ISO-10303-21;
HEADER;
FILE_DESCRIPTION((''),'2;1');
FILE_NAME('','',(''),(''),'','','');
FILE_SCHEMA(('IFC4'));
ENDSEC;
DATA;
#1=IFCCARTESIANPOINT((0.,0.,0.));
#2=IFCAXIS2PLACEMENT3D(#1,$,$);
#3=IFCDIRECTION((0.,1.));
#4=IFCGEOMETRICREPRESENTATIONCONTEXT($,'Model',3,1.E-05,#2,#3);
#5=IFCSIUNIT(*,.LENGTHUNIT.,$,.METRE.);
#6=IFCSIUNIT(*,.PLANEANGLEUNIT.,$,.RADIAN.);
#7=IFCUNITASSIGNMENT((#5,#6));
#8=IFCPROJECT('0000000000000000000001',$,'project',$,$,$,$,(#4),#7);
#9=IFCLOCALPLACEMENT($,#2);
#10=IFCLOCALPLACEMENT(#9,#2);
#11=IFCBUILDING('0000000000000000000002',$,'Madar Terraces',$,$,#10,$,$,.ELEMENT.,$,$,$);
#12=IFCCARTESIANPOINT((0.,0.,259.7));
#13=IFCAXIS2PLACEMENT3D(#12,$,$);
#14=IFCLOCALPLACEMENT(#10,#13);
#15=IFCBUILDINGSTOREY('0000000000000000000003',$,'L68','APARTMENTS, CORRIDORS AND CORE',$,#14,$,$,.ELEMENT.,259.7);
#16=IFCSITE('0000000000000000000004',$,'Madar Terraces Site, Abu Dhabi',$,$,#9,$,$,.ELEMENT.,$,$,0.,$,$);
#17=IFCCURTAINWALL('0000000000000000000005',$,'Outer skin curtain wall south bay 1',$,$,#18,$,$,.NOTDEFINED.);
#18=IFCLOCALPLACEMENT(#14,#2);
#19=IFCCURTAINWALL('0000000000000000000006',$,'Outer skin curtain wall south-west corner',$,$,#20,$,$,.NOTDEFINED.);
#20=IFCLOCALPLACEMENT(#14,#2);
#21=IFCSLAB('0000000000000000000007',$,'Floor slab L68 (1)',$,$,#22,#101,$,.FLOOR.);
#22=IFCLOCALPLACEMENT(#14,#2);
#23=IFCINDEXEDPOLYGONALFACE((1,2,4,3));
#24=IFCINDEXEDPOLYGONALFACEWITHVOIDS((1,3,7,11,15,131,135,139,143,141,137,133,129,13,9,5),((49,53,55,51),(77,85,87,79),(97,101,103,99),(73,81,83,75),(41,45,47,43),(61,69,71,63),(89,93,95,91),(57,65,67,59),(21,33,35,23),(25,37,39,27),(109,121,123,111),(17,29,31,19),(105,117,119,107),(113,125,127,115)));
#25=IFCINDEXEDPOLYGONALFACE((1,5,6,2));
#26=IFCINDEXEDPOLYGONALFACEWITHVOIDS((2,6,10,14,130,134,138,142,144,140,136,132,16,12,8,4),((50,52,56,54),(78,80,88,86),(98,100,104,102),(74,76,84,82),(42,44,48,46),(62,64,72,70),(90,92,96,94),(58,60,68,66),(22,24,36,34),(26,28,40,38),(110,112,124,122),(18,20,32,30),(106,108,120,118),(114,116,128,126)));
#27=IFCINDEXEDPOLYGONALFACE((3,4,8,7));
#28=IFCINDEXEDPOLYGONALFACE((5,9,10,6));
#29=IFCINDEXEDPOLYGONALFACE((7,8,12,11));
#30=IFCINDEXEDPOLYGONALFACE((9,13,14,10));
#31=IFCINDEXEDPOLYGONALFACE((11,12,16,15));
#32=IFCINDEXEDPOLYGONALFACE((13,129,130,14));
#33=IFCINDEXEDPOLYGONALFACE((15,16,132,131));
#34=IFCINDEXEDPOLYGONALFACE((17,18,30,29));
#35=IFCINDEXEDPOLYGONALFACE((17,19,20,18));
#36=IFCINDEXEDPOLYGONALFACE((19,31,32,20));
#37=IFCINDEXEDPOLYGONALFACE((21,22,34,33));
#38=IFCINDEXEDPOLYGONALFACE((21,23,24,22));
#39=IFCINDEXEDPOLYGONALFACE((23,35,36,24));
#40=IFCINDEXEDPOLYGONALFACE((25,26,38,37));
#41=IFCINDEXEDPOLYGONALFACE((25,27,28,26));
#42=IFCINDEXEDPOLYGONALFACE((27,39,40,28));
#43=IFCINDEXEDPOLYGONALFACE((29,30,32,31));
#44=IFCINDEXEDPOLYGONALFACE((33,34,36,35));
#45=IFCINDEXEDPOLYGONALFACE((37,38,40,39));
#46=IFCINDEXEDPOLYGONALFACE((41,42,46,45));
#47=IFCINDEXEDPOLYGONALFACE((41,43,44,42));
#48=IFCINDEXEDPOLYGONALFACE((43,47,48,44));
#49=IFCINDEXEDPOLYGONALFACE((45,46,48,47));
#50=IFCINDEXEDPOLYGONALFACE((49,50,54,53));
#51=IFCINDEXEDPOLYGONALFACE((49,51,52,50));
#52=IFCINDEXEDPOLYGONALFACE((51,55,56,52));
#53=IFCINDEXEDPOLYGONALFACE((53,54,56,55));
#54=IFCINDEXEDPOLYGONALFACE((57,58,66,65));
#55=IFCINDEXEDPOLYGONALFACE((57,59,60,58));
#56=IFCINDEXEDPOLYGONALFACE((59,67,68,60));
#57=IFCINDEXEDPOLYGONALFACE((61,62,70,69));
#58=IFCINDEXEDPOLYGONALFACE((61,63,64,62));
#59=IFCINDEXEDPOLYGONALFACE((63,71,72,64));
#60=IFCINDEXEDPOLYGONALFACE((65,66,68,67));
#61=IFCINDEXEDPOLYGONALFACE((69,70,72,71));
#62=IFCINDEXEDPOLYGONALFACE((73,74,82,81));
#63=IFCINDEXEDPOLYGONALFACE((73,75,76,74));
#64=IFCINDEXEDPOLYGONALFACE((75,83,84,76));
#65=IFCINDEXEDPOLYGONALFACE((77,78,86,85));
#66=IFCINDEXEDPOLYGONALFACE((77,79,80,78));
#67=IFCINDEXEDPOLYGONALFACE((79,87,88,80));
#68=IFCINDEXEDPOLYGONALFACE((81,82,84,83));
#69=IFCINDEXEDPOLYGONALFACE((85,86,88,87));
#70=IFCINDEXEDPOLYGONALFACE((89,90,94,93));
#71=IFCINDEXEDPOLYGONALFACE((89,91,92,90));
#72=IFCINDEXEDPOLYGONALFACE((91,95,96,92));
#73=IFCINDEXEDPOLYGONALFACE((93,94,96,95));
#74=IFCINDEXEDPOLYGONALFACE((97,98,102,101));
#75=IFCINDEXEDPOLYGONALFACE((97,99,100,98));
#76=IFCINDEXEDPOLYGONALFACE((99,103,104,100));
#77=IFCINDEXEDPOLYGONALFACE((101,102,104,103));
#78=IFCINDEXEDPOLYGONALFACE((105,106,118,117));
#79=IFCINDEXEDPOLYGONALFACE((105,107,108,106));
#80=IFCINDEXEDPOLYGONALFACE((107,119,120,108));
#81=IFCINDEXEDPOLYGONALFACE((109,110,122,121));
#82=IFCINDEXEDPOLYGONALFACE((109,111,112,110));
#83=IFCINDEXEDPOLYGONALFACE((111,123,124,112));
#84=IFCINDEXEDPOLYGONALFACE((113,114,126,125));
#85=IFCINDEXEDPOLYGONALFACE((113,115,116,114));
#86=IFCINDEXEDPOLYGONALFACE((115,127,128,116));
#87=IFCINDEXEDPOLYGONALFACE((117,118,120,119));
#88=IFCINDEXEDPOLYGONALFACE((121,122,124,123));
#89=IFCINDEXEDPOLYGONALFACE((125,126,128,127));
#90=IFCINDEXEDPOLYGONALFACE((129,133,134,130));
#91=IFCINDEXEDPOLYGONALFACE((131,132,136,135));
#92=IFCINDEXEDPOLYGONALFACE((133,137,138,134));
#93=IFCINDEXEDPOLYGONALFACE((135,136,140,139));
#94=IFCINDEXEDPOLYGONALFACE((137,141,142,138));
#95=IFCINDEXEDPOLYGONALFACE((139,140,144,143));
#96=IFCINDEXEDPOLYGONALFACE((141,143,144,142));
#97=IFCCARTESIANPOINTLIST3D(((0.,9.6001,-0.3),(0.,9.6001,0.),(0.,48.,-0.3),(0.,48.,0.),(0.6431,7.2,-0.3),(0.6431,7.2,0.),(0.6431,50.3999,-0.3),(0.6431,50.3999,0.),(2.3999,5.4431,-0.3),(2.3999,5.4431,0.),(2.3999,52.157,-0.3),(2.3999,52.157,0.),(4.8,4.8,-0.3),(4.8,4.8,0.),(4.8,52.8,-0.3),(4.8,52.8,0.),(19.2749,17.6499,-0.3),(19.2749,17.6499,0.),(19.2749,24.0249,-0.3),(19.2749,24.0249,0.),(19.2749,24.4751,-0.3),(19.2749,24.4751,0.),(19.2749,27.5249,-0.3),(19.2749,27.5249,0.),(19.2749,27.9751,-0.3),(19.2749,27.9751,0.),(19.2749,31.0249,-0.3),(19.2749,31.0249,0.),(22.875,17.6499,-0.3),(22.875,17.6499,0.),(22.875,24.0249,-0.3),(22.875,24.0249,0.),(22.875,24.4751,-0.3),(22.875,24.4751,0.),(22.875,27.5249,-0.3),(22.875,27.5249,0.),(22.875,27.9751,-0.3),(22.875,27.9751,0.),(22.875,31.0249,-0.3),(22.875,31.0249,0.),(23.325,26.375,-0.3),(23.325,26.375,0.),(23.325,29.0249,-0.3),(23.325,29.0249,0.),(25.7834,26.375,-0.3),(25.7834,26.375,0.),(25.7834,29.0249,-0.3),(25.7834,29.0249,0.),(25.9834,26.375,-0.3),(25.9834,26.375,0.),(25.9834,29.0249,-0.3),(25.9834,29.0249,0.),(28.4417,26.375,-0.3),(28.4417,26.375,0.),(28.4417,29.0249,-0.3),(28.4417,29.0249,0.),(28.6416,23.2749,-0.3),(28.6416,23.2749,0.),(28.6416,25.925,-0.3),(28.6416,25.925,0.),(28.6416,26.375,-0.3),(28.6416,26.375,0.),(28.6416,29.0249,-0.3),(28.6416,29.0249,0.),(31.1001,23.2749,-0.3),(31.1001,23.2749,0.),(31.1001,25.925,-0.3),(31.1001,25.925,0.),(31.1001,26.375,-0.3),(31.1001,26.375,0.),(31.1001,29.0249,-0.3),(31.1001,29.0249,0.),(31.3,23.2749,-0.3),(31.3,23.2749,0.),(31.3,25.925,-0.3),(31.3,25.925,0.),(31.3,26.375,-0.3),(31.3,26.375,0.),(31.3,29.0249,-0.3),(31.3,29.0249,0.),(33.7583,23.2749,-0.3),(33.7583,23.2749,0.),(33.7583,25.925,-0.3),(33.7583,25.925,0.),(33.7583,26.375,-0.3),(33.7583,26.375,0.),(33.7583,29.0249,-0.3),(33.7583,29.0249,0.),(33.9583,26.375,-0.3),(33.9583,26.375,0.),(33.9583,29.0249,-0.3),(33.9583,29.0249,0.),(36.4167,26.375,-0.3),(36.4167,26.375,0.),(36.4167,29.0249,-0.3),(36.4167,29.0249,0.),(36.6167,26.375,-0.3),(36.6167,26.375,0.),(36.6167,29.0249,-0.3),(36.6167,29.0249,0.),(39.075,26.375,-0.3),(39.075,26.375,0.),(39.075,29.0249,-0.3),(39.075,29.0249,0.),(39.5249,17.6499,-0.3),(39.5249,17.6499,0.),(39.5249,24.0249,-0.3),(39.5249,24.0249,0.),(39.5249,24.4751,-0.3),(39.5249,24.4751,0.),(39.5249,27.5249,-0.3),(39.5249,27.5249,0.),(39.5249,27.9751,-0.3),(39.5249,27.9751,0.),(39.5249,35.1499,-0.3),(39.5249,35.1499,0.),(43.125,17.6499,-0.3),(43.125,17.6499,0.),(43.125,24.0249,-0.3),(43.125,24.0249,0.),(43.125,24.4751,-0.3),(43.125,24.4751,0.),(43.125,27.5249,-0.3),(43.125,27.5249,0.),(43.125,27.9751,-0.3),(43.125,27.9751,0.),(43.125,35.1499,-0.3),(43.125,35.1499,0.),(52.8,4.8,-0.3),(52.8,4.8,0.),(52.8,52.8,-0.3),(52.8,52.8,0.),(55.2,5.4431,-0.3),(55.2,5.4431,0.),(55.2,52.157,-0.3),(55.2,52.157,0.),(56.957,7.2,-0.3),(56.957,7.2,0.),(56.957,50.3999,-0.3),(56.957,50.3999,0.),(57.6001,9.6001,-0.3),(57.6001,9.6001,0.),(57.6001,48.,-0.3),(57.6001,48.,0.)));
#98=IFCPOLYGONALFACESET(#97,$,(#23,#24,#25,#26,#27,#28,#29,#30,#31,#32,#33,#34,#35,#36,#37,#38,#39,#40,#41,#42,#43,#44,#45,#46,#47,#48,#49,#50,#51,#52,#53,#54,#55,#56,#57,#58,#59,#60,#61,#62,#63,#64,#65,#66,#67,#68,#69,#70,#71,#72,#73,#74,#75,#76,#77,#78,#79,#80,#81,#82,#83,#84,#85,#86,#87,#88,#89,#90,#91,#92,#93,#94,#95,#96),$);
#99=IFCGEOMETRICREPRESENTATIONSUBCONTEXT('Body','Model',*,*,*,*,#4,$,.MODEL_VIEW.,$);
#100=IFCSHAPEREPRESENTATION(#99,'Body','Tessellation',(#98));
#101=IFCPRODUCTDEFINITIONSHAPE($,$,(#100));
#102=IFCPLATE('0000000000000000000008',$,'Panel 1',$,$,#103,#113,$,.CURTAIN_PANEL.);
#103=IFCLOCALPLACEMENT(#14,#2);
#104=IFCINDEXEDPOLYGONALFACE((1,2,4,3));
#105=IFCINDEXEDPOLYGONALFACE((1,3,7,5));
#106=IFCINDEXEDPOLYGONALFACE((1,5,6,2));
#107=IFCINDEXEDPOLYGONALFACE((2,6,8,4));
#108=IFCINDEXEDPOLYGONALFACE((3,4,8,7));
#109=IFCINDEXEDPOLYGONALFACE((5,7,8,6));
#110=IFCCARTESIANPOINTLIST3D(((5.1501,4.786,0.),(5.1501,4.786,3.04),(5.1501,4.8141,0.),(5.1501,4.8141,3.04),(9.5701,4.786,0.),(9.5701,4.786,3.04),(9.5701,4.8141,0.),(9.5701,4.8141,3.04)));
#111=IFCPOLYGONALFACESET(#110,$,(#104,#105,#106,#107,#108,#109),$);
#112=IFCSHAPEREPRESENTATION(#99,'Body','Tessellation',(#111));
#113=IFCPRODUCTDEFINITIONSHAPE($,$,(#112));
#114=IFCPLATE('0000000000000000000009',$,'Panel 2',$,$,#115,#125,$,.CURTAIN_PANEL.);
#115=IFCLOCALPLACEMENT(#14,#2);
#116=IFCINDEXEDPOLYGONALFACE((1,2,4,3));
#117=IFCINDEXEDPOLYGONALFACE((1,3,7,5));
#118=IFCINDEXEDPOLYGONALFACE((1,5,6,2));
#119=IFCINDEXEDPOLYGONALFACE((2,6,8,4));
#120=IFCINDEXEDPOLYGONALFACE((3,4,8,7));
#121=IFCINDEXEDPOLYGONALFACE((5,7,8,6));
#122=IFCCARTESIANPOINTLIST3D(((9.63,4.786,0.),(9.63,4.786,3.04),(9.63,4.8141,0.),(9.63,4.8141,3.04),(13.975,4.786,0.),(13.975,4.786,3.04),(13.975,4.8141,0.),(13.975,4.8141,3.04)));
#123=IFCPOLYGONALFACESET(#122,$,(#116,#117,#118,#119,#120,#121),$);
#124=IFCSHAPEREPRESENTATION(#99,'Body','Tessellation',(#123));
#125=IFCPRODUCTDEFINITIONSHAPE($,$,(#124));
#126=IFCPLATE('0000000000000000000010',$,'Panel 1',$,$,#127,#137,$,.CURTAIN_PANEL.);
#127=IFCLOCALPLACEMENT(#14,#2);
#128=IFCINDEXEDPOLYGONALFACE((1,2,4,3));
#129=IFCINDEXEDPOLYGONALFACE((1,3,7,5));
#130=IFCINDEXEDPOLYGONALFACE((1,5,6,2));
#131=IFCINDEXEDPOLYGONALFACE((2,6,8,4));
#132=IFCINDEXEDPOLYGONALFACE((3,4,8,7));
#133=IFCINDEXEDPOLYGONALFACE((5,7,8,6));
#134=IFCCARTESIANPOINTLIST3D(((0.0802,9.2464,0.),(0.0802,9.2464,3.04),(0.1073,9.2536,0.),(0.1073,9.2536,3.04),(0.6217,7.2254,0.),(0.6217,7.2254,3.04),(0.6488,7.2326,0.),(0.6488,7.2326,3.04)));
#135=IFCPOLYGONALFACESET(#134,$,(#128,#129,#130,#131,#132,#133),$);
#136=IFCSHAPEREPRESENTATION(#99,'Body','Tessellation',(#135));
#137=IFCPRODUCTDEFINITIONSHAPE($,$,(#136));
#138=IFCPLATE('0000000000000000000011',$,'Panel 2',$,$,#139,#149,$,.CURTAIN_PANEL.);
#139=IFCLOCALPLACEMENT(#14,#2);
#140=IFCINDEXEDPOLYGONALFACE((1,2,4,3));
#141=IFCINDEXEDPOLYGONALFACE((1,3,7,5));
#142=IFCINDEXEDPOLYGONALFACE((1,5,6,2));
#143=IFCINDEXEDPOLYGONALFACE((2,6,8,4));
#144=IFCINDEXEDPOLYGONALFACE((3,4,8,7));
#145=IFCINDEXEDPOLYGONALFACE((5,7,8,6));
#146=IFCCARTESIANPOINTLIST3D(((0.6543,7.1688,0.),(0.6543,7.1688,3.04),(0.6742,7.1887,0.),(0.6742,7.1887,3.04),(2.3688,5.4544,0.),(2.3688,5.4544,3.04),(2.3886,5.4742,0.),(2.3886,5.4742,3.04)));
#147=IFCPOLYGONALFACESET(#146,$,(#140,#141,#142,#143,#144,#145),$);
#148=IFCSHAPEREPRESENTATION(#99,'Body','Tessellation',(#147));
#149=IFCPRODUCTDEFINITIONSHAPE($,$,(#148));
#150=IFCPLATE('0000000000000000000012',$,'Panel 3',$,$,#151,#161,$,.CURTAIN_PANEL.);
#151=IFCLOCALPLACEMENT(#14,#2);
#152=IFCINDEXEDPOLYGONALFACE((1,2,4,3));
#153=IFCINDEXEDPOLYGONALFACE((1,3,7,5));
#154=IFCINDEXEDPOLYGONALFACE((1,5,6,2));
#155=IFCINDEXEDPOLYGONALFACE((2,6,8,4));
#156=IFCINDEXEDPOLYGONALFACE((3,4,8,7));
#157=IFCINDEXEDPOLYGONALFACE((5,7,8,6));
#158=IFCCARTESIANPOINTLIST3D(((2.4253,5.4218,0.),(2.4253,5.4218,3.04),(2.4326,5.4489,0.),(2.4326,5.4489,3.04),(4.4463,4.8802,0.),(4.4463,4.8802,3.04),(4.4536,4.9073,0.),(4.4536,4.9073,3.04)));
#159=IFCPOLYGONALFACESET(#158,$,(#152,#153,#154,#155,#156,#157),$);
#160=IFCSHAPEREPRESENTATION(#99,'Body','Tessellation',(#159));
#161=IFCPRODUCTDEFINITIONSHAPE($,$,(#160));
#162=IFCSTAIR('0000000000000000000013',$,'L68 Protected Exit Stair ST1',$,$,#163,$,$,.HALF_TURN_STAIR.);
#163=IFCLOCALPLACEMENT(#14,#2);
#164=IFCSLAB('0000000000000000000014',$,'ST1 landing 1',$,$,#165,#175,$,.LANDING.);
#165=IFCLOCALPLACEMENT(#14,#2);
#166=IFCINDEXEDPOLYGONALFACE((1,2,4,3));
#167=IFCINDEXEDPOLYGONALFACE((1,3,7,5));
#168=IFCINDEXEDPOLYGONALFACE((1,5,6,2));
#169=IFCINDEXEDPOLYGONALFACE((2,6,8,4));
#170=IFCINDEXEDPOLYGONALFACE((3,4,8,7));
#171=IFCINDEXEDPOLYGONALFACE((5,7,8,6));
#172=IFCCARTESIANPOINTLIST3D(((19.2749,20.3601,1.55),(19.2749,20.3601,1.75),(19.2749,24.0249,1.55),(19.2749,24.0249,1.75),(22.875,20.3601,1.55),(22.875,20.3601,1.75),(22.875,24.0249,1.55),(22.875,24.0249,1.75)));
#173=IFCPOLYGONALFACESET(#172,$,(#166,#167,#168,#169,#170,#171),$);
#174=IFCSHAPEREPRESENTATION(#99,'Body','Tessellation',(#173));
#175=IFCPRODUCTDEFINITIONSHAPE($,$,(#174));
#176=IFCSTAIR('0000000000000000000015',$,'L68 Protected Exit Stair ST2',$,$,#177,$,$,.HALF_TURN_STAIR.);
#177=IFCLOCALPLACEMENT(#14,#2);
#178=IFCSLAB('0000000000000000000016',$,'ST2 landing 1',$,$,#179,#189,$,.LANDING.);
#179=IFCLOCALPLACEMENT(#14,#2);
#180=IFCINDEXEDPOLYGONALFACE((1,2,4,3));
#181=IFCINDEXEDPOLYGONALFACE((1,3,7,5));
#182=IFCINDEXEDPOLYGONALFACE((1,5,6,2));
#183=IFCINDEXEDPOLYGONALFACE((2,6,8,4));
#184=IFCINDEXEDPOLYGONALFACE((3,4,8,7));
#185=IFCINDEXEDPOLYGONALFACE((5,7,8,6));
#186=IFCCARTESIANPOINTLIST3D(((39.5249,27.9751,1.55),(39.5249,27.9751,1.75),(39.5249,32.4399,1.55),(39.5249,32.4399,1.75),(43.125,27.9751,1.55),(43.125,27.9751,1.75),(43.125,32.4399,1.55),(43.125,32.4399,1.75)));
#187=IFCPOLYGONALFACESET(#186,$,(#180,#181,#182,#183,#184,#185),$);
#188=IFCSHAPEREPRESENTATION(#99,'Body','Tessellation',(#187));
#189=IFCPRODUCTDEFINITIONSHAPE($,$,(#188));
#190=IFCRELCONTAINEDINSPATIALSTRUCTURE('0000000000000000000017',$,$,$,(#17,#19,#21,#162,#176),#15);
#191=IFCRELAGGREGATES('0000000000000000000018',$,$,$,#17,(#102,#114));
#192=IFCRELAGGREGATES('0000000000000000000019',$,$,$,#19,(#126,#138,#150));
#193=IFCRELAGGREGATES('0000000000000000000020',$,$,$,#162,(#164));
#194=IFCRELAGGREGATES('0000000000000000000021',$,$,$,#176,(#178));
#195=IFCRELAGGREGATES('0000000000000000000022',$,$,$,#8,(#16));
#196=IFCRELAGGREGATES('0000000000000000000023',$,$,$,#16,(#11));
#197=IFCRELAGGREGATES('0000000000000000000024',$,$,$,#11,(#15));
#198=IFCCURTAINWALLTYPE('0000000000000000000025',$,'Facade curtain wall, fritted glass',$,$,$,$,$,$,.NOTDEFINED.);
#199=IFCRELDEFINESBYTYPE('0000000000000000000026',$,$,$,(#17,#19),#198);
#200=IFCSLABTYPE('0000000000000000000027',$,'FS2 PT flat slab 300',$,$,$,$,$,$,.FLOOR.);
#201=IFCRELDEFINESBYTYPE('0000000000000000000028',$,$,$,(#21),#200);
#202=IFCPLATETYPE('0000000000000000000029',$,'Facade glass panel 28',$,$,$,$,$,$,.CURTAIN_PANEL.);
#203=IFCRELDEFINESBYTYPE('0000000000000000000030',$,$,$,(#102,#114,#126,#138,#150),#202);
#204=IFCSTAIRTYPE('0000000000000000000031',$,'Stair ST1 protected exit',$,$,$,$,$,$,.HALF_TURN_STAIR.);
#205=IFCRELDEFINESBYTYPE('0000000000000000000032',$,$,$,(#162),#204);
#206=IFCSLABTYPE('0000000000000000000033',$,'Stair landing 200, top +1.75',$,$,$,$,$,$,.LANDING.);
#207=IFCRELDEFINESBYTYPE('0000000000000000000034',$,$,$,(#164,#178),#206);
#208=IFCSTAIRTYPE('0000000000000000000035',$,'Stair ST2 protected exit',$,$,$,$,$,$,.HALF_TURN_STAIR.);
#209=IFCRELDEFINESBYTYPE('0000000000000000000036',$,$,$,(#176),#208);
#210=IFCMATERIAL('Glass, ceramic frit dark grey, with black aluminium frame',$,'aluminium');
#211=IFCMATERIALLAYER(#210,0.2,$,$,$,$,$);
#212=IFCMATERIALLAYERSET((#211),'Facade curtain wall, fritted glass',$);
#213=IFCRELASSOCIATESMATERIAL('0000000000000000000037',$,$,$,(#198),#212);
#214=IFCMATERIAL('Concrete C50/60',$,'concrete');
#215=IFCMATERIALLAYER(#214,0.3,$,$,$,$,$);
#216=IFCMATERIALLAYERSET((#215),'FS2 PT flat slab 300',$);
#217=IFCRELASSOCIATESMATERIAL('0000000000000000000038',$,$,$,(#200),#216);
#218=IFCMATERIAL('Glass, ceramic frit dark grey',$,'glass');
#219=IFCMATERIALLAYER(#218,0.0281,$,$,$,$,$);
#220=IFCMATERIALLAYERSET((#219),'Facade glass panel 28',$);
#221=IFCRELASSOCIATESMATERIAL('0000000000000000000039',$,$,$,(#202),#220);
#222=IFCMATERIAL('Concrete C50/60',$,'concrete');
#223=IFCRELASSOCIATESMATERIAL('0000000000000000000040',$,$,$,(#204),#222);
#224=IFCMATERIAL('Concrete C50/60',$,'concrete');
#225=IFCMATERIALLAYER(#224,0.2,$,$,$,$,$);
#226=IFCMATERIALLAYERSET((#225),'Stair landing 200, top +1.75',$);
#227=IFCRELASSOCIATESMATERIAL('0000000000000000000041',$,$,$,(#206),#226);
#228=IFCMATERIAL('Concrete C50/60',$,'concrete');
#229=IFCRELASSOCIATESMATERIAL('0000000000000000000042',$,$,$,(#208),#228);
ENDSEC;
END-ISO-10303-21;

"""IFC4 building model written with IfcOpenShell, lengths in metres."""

from ifc_helpers import new_model, si_unit, direction, frame, origin, origin_2d, place, context, subcontext, project, spatial, polyline, rectangle, outline, extrude, material, layer, layer_set, type_object, element, aggregate, save


model = new_model("IFC4")

# Units and contexts
model_context = context("Model", 3, precision=1e-05, world=origin(), true_north=direction((0.0, 1.0)))
body_context = subcontext(model_context, "Body", "Model", "MODEL_VIEW")
ifc_project = project(units=[si_unit("LENGTHUNIT", "METRE"), si_unit("PLANEANGLEUNIT", "RADIAN")], contexts=[model_context])

# Site, building, storey
site_placement = place(None, origin())
site = spatial("IfcSite", under=ifc_project, at=site_placement, Name="Madar Terraces Site, Abu Dhabi", CompositionType="ELEMENT", RefElevation=0.0)
building_placement = place(site_placement, origin())
building = spatial("IfcBuilding", under=site, at=building_placement, Name="Madar Terraces", CompositionType="ELEMENT")
storey_placement = place(building_placement, frame((0.0, 0.0, 259.7)))
storey = spatial("IfcBuildingStorey", under=building, at=storey_placement, Name="L68", Description="APARTMENTS, CORRIDORS AND CORE", CompositionType="ELEMENT", Elevation=259.7)

# Curtain wall
ifc_material_1 = material(Name="Glass, ceramic frit dark grey, with black aluminium frame", Category="aluminium")
ifc_layer_1 = layer(ifc_material_1, 0.2)
ifc_layer_set_1 = layer_set([ifc_layer_1], Name="Facade curtain wall, fritted glass")
curtain_wall_type = type_object("IfcCurtainWallType", Name="Facade curtain wall, fritted glass", PredefinedType="NOTDEFINED", material=ifc_layer_set_1)
curtain_wall_1_placement = place(storey_placement, origin())
curtain_wall_1 = element("IfcCurtainWall", 1, at=curtain_wall_1_placement, inside=storey, type_object=curtain_wall_type, Name="Outer skin curtain wall south bay 1", PredefinedType="NOTDEFINED")

# Curtain wall
curtain_wall_2_placement = place(storey_placement, origin())
curtain_wall_2 = element("IfcCurtainWall", 2, at=curtain_wall_2_placement, inside=storey, type_object=curtain_wall_type, Name="Outer skin curtain wall south-west corner", PredefinedType="NOTDEFINED")

# Slab
ifc_material_2 = material(Name="Concrete C50/60", Category="concrete")
ifc_layer_2 = layer(ifc_material_2, 0.3)
ifc_layer_set_2 = layer_set([ifc_layer_2], Name="FS2 PT flat slab 300")
slab_type_1 = type_object("IfcSlabType", Name="FS2 PT flat slab 300", PredefinedType="FLOOR", material=ifc_layer_set_2)
slab_1_placement = place(storey_placement, frame((0.0, 0.0, -0.3)))
element("IfcSlab", 3, at=slab_1_placement, inside=storey, type_object=slab_type_1, Name="Floor slab L68 (1)", PredefinedType="FLOOR", context=body_context, shape_type="SweptSolid", body=[
    extrude(outline(polyline([(52.8, 4.8), (55.2, 5.4431), (56.957, 7.2), (57.6001, 9.6001), (57.6001, 48.0), (56.957, 50.3999), (55.2, 52.157), (52.8, 52.8), (4.8, 52.8), (2.3999, 52.157), (0.6431, 50.3999), (0.0, 48.0), (0.0, 9.6001), (0.6431, 7.2), (2.3999, 5.4431), (4.8, 4.8), (52.8, 4.8)]), holes=[polyline([(22.875, 17.6499), (19.2749, 17.6499), (19.2749, 24.0249), (22.875, 24.0249), (22.875, 17.6499)]), polyline([(28.6416, 23.2749), (28.6416, 25.925), (31.1001, 25.925), (31.1001, 23.2749), (28.6416, 23.2749)]), polyline([(19.2749, 24.4751), (19.2749, 27.5249), (22.875, 27.5249), (22.875, 24.4751), (19.2749, 24.4751)]), polyline([(23.325, 26.375), (23.325, 29.0249), (25.7834, 29.0249), (25.7834, 26.375), (23.325, 26.375)]), polyline([(25.9834, 26.375), (25.9834, 29.0249), (28.4417, 29.0249), (28.4417, 26.375), (25.9834, 26.375)]), polyline([(28.6416, 26.375), (28.6416, 29.0249), (31.1001, 29.0249), (31.1001, 26.375), (28.6416, 26.375)]), polyline([(19.2749, 27.9751), (19.2749, 31.0249), (22.875, 31.0249), (22.875, 27.9751), (19.2749, 27.9751)]), polyline([(43.125, 17.6499), (39.5249, 17.6499), (39.5249, 24.0249), (43.125, 24.0249), (43.125, 17.6499)]), polyline([(31.3, 23.2749), (31.3, 25.925), (33.7583, 25.925), (33.7583, 23.2749), (31.3, 23.2749)]), polyline([(39.5249, 24.4751), (39.5249, 27.5249), (43.125, 27.5249), (43.125, 24.4751), (39.5249, 24.4751)]), polyline([(31.3, 26.375), (31.3, 29.0249), (33.7583, 29.0249), (33.7583, 26.375), (31.3, 26.375)]), polyline([(33.9583, 26.375), (33.9583, 29.0249), (36.4167, 29.0249), (36.4167, 26.375), (33.9583, 26.375)]), polyline([(36.6167, 26.375), (36.6167, 29.0249), (39.075, 29.0249), (39.075, 26.375), (36.6167, 26.375)]), polyline([(39.5249, 27.9751), (39.5249, 35.1499), (43.125, 35.1499), (43.125, 27.9751), (39.5249, 27.9751)])]), origin(), (0.0, 0.0, 1.0), 0.3),
])

# Plates
ifc_material_3 = material(Name="Glass, ceramic frit dark grey", Category="glass")
ifc_layer_3 = layer(ifc_material_3, 0.0281)
ifc_layer_set_3 = layer_set([ifc_layer_3], Name="Facade glass panel 28")
plate_type = type_object("IfcPlateType", Name="Facade glass panel 28", PredefinedType="CURTAIN_PANEL", material=ifc_layer_set_3)
plate_1_placement = place(storey_placement, frame((7.3601, 4.8, 0.0), z_axis=(0.0, 0.0, 1.0), x_axis=(1.0, 0.0, 0.0)))
plate_1 = element("IfcPlate", 4, at=plate_1_placement, type_object=plate_type, Name="Panel 1", PredefinedType="CURTAIN_PANEL", context=body_context, shape_type="SweptSolid", body=[
    extrude(rectangle(XDim=4.4199, YDim=0.0281, at=origin_2d()), origin(), (0.0, 0.0, 1.0), 3.04),
])
plate_2_placement = place(storey_placement, frame((11.8025, 4.8, 0.0), z_axis=(0.0, 0.0, 1.0), x_axis=(1.0, 0.0, 0.0)))
plate_2 = element("IfcPlate", 5, at=plate_2_placement, type_object=plate_type, Name="Panel 2", PredefinedType="CURTAIN_PANEL", context=body_context, shape_type="SweptSolid", body=[
    extrude(rectangle(XDim=4.345, YDim=0.0281, at=origin_2d()), origin(), (0.0, 0.0, 1.0), 3.04),
])
aggregate(curtain_wall_1, [plate_1, plate_2])
plate_3_placement = place(storey_placement, frame((0.3645, 8.2395, 0.0), z_axis=(0.0, 0.0, 1.0), x_axis=(0.258819, -0.965926, 0.0)))
plate_3 = element("IfcPlate", 6, at=plate_3_placement, type_object=plate_type, Name="Panel 1", PredefinedType="CURTAIN_PANEL", context=body_context, shape_type="SweptSolid", body=[
    extrude(rectangle(XDim=2.0923, YDim=0.0281, at=origin_2d()), origin(), (0.0, 0.0, 1.0), 3.04),
])
plate_4_placement = place(storey_placement, frame((1.5215, 6.3215, 0.0), z_axis=(0.0, 0.0, 1.0), x_axis=(0.707107, -0.707107, 0.0)))
plate_4 = element("IfcPlate", 7, at=plate_4_placement, type_object=plate_type, Name="Panel 2", PredefinedType="CURTAIN_PANEL", context=body_context, shape_type="SweptSolid", body=[
    extrude(rectangle(XDim=2.4246, YDim=0.0281, at=origin_2d()), origin(), (0.0, 0.0, 1.0), 3.04),
])
plate_5_placement = place(storey_placement, frame((3.4395, 5.1646, 0.0), z_axis=(0.0, 0.0, 1.0), x_axis=(0.965926, -0.258819, 0.0)))
plate_5 = element("IfcPlate", 8, at=plate_5_placement, type_object=plate_type, Name="Panel 3", PredefinedType="CURTAIN_PANEL", context=body_context, shape_type="SweptSolid", body=[
    extrude(rectangle(XDim=2.0923, YDim=0.0281, at=origin_2d()), origin(), (0.0, 0.0, 1.0), 3.04),
])
aggregate(curtain_wall_2, [plate_3, plate_4, plate_5])

# Stairs, slabs
ifc_material_4 = material(Name="Concrete C50/60", Category="concrete")
stair_type_1 = type_object("IfcStairType", Name="Stair ST1 protected exit", PredefinedType="HALF_TURN_STAIR", material=ifc_material_4)
stair_1_placement = place(storey_placement, origin())
stair_1 = element("IfcStair", 9, at=stair_1_placement, inside=storey, type_object=stair_type_1, Name="L68 Protected Exit Stair ST1", PredefinedType="HALF_TURN_STAIR")
ifc_material_5 = material(Name="Concrete C50/60", Category="concrete")
ifc_layer_4 = layer(ifc_material_5, 0.2)
ifc_layer_set_4 = layer_set([ifc_layer_4], Name="Stair landing 200, top +1.75")
slab_type_2 = type_object("IfcSlabType", Name="Stair landing 200, top +1.75", PredefinedType="LANDING", material=ifc_layer_set_4)
slab_2_placement = place(storey_placement, frame((0.0, 0.0, 1.55)))
slab_2 = element("IfcSlab", 10, at=slab_2_placement, type_object=slab_type_2, Name="ST1 landing 1", PredefinedType="LANDING", context=body_context, shape_type="SweptSolid", body=[
    extrude(outline(polyline([(19.2749, 20.3601), (22.875, 20.3601), (22.875, 24.0249), (19.2749, 24.0249), (19.2749, 20.3601)])), origin(), (0.0, 0.0, 1.0), 0.2),
])
aggregate(stair_1, [slab_2])
ifc_material_6 = material(Name="Concrete C50/60", Category="concrete")
stair_type_2 = type_object("IfcStairType", Name="Stair ST2 protected exit", PredefinedType="HALF_TURN_STAIR", material=ifc_material_6)
stair_2_placement = place(storey_placement, origin())
stair_2 = element("IfcStair", 11, at=stair_2_placement, inside=storey, type_object=stair_type_2, Name="L68 Protected Exit Stair ST2", PredefinedType="HALF_TURN_STAIR")
slab_3_placement = place(storey_placement, frame((0.0, 0.0, 1.55)))
slab_3 = element("IfcSlab", 12, at=slab_3_placement, type_object=slab_type_2, Name="ST2 landing 1", PredefinedType="LANDING", context=body_context, shape_type="SweptSolid", body=[
    extrude(outline(polyline([(39.5249, 27.9751), (43.125, 27.9751), (43.125, 32.4399), (39.5249, 32.4399), (39.5249, 27.9751)])), origin(), (0.0, 0.0, 1.0), 0.2),
])
aggregate(stair_2, [slab_3])

save(model, "model.ifc")
